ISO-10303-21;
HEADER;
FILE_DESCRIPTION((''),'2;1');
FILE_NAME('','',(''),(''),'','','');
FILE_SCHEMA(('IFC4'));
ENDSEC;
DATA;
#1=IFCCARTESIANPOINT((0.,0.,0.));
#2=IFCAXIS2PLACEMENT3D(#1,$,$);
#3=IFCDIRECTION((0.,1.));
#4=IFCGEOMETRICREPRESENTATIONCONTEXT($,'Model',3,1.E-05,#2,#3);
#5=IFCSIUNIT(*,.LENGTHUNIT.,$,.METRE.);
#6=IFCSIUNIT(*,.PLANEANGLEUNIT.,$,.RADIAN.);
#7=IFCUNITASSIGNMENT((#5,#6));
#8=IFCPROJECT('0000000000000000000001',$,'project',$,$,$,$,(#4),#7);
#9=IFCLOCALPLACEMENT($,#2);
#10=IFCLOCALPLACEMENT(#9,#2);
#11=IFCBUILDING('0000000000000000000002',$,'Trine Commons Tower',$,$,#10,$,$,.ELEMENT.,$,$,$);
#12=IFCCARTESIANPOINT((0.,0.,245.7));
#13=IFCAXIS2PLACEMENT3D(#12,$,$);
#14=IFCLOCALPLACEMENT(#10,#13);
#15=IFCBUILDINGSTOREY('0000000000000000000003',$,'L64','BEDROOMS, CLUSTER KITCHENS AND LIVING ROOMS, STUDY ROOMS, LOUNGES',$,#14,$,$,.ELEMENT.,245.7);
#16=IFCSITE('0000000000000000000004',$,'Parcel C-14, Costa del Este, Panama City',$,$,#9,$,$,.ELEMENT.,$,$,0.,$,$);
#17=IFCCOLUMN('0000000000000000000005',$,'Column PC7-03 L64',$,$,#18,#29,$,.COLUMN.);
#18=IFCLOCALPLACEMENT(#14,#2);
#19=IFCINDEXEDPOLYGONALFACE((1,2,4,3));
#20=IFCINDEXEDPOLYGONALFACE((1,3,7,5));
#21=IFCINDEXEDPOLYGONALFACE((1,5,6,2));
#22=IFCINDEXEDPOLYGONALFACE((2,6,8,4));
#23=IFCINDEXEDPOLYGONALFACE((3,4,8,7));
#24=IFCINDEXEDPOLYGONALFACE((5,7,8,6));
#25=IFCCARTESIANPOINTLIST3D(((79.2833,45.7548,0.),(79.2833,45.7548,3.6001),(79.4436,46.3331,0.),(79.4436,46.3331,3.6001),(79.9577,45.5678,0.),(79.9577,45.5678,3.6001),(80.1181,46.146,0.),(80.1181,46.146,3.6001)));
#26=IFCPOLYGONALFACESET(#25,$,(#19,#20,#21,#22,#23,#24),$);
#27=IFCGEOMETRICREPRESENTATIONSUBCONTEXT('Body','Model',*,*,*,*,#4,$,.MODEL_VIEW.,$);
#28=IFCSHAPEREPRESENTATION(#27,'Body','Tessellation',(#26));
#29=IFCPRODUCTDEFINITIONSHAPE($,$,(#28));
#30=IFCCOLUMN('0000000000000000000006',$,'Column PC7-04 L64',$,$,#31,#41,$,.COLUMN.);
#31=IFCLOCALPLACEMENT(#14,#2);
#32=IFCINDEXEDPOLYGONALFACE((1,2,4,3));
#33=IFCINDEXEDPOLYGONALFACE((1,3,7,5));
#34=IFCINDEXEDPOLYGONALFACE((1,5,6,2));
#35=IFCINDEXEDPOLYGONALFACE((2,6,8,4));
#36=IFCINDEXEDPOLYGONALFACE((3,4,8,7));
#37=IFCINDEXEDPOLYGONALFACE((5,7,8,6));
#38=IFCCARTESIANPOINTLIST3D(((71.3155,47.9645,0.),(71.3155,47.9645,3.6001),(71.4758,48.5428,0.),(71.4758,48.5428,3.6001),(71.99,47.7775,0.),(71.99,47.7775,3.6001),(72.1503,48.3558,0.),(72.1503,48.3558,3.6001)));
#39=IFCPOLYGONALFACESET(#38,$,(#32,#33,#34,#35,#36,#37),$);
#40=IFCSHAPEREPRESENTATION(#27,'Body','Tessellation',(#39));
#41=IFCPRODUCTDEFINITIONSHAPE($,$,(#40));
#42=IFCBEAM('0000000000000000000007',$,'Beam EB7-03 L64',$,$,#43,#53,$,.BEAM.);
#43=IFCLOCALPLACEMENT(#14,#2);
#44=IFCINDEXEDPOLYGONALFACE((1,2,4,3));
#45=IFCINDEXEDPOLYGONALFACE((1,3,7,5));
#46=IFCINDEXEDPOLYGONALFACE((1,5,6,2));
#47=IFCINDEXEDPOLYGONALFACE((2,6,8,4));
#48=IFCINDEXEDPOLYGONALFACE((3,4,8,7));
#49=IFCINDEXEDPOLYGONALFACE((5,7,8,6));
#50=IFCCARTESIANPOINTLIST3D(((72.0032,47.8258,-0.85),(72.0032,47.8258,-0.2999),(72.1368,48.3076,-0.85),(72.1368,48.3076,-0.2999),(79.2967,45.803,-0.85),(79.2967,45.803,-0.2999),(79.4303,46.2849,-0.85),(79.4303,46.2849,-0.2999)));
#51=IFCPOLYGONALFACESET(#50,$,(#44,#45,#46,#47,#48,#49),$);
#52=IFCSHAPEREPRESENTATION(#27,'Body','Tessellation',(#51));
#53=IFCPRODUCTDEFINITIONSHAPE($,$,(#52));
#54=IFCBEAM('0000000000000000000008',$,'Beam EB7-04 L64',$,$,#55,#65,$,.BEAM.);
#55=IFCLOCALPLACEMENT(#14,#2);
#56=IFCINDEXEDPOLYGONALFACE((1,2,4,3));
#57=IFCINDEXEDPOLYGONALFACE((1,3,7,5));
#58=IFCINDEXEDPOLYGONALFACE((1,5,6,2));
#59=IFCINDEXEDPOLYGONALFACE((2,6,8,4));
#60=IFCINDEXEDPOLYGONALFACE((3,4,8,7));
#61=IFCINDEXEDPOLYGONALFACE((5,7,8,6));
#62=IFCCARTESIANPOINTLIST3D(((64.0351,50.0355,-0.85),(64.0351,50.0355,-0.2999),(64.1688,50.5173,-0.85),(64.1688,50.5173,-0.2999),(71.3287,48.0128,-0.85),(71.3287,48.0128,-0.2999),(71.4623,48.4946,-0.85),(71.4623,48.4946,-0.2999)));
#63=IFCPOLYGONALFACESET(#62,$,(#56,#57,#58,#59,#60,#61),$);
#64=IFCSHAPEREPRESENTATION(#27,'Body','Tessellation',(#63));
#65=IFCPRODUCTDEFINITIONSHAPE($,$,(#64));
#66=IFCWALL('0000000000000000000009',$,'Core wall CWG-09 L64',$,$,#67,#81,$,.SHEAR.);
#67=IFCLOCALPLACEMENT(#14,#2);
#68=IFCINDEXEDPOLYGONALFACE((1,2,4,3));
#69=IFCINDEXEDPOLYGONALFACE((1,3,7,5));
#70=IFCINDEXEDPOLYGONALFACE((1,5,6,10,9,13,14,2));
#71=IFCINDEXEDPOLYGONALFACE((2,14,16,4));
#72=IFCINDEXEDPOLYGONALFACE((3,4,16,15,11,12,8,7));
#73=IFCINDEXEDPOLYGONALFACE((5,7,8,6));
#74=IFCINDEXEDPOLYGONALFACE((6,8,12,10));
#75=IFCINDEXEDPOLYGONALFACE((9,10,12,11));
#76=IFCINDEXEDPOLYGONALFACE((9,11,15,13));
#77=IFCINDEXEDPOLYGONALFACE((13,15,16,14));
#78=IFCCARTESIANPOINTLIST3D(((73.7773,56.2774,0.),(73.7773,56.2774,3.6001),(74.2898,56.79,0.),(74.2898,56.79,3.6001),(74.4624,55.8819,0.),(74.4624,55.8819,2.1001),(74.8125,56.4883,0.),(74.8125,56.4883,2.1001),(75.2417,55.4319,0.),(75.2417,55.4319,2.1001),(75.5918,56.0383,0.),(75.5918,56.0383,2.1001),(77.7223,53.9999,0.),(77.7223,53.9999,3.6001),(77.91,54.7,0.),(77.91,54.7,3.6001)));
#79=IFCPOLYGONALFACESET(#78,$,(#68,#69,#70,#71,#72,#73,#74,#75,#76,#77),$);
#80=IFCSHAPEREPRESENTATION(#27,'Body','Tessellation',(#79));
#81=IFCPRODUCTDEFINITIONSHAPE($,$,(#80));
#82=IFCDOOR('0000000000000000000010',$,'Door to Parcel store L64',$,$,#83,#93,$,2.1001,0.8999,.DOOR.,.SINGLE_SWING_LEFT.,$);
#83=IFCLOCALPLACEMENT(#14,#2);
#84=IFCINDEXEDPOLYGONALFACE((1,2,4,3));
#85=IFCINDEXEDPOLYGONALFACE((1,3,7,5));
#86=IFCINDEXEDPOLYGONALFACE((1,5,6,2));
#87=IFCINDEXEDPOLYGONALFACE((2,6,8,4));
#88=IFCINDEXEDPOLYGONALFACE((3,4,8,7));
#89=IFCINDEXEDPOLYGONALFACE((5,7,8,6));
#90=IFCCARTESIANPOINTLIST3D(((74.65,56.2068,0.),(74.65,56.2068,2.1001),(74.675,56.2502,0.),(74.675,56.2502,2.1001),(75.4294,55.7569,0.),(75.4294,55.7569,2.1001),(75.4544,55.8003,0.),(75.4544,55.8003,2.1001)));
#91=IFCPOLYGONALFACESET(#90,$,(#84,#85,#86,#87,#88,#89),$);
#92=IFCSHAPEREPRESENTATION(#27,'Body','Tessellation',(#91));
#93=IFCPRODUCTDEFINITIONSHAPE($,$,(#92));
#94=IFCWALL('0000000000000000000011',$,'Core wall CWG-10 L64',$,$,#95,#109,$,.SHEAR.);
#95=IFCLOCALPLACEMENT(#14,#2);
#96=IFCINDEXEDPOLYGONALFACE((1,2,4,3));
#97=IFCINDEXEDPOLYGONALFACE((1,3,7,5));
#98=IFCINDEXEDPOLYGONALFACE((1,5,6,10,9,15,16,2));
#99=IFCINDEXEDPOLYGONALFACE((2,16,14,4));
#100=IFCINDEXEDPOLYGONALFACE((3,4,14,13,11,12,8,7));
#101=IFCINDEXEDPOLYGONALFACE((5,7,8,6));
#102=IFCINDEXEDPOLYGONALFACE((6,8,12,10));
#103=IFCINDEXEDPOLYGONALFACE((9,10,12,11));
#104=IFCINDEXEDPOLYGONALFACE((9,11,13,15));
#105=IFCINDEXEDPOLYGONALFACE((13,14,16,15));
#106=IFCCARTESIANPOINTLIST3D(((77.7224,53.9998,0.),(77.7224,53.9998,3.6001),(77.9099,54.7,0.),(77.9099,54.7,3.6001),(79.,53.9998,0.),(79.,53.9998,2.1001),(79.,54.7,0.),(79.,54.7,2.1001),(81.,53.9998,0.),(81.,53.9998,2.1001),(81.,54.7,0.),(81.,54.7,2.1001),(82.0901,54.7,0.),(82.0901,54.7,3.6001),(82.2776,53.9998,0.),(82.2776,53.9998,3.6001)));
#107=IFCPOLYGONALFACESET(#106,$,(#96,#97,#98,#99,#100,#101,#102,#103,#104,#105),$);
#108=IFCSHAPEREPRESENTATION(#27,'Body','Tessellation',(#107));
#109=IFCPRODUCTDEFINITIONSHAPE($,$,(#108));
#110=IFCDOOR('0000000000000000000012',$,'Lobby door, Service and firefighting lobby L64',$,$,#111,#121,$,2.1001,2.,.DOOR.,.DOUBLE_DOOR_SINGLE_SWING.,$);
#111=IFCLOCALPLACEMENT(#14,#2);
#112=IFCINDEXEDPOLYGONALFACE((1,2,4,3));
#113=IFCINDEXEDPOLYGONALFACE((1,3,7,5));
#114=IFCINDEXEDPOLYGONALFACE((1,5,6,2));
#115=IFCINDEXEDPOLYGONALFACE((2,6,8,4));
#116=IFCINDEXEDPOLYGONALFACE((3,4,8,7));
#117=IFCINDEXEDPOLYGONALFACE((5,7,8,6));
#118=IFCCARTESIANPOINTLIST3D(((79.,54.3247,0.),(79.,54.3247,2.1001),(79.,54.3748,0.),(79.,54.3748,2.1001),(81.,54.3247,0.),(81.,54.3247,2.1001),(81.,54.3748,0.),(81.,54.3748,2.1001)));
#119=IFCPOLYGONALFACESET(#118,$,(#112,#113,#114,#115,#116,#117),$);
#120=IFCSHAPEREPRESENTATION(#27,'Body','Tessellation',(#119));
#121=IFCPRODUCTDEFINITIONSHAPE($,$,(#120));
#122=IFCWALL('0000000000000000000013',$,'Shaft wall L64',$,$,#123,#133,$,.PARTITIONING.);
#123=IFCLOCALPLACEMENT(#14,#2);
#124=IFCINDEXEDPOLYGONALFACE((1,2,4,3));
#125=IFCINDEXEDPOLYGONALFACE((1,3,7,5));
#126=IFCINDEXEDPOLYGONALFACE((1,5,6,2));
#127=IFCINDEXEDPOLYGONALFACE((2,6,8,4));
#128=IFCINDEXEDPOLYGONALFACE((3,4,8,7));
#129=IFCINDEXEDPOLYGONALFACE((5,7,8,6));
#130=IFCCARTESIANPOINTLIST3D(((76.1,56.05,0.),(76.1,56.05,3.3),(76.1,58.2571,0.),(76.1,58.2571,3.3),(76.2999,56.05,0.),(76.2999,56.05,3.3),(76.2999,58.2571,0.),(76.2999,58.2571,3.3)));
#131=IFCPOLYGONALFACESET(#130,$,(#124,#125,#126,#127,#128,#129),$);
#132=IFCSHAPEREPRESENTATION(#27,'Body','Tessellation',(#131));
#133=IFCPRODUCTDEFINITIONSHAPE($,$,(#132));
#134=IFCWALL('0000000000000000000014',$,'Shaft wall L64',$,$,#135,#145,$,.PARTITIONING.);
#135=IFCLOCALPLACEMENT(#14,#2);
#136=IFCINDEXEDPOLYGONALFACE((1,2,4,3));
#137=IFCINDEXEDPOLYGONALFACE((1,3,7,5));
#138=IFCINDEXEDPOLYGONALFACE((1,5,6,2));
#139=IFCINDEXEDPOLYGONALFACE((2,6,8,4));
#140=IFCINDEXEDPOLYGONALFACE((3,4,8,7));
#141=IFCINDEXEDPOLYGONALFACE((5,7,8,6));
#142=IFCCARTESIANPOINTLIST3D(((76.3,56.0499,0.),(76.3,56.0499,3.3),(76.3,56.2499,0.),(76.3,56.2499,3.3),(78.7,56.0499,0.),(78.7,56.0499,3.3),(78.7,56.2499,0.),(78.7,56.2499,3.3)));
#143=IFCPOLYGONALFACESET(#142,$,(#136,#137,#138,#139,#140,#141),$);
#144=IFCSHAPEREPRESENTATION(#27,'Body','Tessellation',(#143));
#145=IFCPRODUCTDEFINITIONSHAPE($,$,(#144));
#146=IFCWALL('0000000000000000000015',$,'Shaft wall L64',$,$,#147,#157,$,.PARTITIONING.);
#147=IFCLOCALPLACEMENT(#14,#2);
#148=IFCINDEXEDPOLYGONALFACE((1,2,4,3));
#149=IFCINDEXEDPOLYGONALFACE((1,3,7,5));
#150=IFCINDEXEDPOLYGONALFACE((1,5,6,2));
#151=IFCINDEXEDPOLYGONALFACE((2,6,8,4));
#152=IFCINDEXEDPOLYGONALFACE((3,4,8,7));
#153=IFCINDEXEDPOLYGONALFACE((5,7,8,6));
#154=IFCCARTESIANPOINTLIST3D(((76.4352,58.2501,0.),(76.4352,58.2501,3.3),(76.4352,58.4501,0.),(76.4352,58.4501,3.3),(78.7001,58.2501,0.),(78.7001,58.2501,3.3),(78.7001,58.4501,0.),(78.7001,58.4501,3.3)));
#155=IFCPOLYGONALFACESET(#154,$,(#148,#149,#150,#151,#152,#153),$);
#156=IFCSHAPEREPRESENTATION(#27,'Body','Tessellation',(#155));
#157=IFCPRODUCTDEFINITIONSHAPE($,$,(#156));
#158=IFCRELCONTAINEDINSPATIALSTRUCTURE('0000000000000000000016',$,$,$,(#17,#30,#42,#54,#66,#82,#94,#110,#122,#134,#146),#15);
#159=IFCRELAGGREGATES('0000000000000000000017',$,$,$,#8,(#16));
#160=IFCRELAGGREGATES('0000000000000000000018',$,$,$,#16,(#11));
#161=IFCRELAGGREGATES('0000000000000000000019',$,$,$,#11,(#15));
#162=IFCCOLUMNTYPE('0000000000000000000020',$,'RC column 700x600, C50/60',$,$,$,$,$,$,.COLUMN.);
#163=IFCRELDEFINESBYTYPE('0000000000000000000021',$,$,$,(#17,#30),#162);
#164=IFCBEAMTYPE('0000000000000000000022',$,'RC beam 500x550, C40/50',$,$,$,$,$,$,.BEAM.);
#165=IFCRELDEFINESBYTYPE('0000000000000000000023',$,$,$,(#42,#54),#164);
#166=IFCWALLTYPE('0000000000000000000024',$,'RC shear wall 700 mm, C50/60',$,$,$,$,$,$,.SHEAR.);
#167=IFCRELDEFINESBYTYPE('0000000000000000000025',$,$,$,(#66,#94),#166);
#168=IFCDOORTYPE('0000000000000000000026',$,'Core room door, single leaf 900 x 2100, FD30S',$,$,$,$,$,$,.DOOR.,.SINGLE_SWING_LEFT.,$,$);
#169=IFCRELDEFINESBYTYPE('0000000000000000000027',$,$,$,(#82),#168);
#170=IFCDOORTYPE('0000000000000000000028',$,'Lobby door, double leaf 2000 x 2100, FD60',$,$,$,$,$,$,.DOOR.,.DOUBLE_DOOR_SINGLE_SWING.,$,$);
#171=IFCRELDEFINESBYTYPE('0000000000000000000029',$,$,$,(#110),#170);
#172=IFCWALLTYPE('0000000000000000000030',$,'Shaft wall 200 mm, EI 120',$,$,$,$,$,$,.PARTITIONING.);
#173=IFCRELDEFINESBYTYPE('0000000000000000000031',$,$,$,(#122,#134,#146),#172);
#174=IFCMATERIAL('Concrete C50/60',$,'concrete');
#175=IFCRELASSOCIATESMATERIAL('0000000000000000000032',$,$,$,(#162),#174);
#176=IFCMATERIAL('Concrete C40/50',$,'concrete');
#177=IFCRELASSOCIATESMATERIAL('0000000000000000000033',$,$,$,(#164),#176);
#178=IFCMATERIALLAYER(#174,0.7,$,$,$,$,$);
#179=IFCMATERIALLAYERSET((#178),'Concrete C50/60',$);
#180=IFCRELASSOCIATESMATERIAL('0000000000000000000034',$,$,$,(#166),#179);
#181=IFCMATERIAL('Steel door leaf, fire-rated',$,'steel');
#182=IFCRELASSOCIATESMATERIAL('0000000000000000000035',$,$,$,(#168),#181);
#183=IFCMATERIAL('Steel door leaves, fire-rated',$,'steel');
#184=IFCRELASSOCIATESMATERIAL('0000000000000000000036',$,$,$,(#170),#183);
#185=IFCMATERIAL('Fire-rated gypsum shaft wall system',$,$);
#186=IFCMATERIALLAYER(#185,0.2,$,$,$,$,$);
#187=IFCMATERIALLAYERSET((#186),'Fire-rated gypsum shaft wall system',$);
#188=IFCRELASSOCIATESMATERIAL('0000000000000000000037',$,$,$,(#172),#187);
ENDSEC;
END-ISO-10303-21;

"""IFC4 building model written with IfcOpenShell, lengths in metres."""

from ifc_helpers import new_model, si_unit, direction, frame, frame_2d, origin, origin_2d, place, context, subcontext, project, spatial, polyline, rectangle, outline, extrude, material, layer, layer_set, material_profile, profile_set, type_object, element, fill, save


model = new_model("IFC4")

# Units and contexts
model_context = context("Model", 3, precision=1e-05, world=origin(), true_north=direction((0.0, 1.0)))
body_context = subcontext(model_context, "Body", "Model", "MODEL_VIEW")
ifc_project = project(units=[si_unit("LENGTHUNIT", "METRE"), si_unit("PLANEANGLEUNIT", "RADIAN")], contexts=[model_context])

# Site, building, storey
site_placement = place(None, origin())
site = spatial("IfcSite", under=ifc_project, at=site_placement, Name="Parcel C-14, Costa del Este, Panama City", CompositionType="ELEMENT", RefElevation=0.0)
building_placement = place(site_placement, origin())
building = spatial("IfcBuilding", under=site, at=building_placement, Name="Trine Commons Tower", CompositionType="ELEMENT")
storey_placement = place(building_placement, frame((0.0, 0.0, 245.7)))
storey = spatial("IfcBuildingStorey", under=building, at=storey_placement, Name="L64", Description="BEDROOMS, CLUSTER KITCHENS AND LIVING ROOMS, STUDY ROOMS, LOUNGES", CompositionType="ELEMENT", Elevation=245.7)

# Columns
ifc_material_1 = material(Name="Concrete C50/60", Category="concrete")
ifc_material_profile_1 = material_profile(ifc_material_1, rectangle(XDim=0.7, YDim=0.6001, at=origin_2d()), Name="RC 700x600")
ifc_profile_set_1 = profile_set([ifc_material_profile_1], Name="Concrete C50/60")
column_type = type_object("IfcColumnType", Name="RC column 700x600, C50/60", PredefinedType="COLUMN", material=ifc_profile_set_1)
for number, where, z_axis, x_axis, name in (
    (1, (79.7007, 45.9504, 0.0), (0.0, 0.0, 1.0), (-0.96363, 0.267238, 0.0), "Column PC7-03 L64"),
    (2, (71.7329, 48.1602, 0.0), (0.0, 0.0, 1.0), (-0.96363, 0.267238, 0.0), "Column PC7-04 L64"),
):
    element("IfcColumn", number, at=place(storey_placement, frame(where, z_axis=z_axis, x_axis=x_axis)), inside=storey, type_object=column_type, Name=name, PredefinedType="COLUMN", context=body_context, shape_type="SweptSolid", body=[
        extrude(rectangle(XDim=0.7, YDim=0.6001, at=origin_2d()), origin(), (0.0, 0.0, 1.0), 3.6001),
    ])

# Beams
ifc_material_2 = material(Name="Concrete C40/50", Category="concrete")
ifc_material_profile_2 = material_profile(ifc_material_2, rectangle(XDim=0.5, YDim=0.55, at=origin_2d()), Name="RC 500x550")
ifc_profile_set_2 = profile_set([ifc_material_profile_2], Name="Concrete C40/50")
beam_type = type_object("IfcBeamType", Name="RC beam 500x550, C40/50", PredefinedType="BEAM", material=ifc_profile_set_2)
for number, where, z_axis, x_axis, name in (
    (3, (79.3635, 46.0439, -0.575), (-0.963629, 0.267245, 0.0), (-0.267245, -0.963629, 0.0), "Beam EB7-03 L64"),
    (4, (71.3955, 48.2537, -0.575), (-0.963629, 0.267245, 0.0), (-0.267245, -0.963629, 0.0), "Beam EB7-04 L64"),
):
    element("IfcBeam", number, at=place(storey_placement, frame(where, z_axis=z_axis, x_axis=x_axis)), inside=storey, type_object=beam_type, Name=name, PredefinedType="BEAM", context=body_context, shape_type="SweptSolid", body=[
        extrude(rectangle(XDim=0.5, YDim=0.55, at=origin_2d()), origin(), (0.0, 0.0, 1.0), 7.5688),
    ])

# Walls, openings, doors
ifc_layer_1 = layer(ifc_material_1, 0.7)
ifc_layer_set_1 = layer_set([ifc_layer_1], Name="Concrete C50/60")
wall_type_1 = type_object("IfcWallType", Name="RC shear wall 700 mm, C50/60", PredefinedType="SHEAR", material=ifc_layer_set_1)
wall_1_placement = place(storey_placement, frame((73.9524, 56.5806, 0.0), z_axis=(0.0, 0.0, 1.0), x_axis=(0.866035, -0.499984, 0.0)))
wall_1 = element("IfcWall", 5, at=wall_1_placement, inside=storey, type_object=wall_type_1, Name="Core wall CWG-09 L64", PredefinedType="SHEAR", context=body_context, shape_type="SweptSolid", body=[
    extrude(outline(polyline([(0.0, -0.3501), (4.5552, -0.3501), (4.3677, 0.3501), (0.1875, 0.3501), (0.0, -0.3501)])), origin(), (0.0, 0.0, 1.0), 3.6001),
])
opening_1_placement = place(wall_1_placement, frame((0.791, 0.0, 0.0)))
opening_1 = element("IfcOpeningElement", 6, at=opening_1_placement, cuts=wall_1, PredefinedType="OPENING", context=body_context, shape_type="SweptSolid", body=[
    extrude(rectangle(XDim=0.8999, YDim=2.1001, at=frame_2d((0.45, 1.05))), frame((0.0, 0.3599, 0.0), z_axis=(0.0, -1.0, 0.0), x_axis=(1.0, 0.0, 0.0)), (0.0, 0.0, 1.0), 0.72),
])
ifc_material_3 = material(Name="Steel door leaf, fire-rated", Category="steel")
door_type_1 = type_object("IfcDoorType", Name="Core room door, single leaf 900 x 2100, FD30S", OperationType="SINGLE_SWING_LEFT", PredefinedType="DOOR", material=ifc_material_3)
door_1_placement = place(opening_1_placement, origin())
door_1 = element("IfcDoor", 7, at=door_1_placement, inside=storey, type_object=door_type_1, Name="Door to Parcel store L64", OperationType="SINGLE_SWING_LEFT", OverallHeight=2.1001, OverallWidth=0.8999, PredefinedType="DOOR", context=body_context, shape_type="SweptSolid", body=[
    extrude(rectangle(XDim=0.8999, YDim=2.1001, at=frame_2d((0.45, 1.05))), frame((0.0, 0.0752, 0.0), z_axis=(0.0, -1.0, 0.0), x_axis=(1.0, 0.0, 0.0)), (0.0, 0.0, 1.0), 0.05),
])
fill(opening_1, door_1)
wall_2_placement = place(storey_placement, frame((77.7224, 54.3499, 0.0), z_axis=(0.0, 0.0, 1.0), x_axis=(1.0, 0.0, 0.0)))
wall_2 = element("IfcWall", 8, at=wall_2_placement, inside=storey, type_object=wall_type_1, Name="Core wall CWG-10 L64", PredefinedType="SHEAR", context=body_context, shape_type="SweptSolid", body=[
    extrude(outline(polyline([(0.0, -0.3501), (4.5552, -0.3501), (4.3677, 0.3501), (0.1875, 0.3501), (0.0, -0.3501)])), origin(), (0.0, 0.0, 1.0), 3.6001),
])
opening_2_placement = place(wall_2_placement, frame((1.2776, 0.0, 0.0)))
opening_2 = element("IfcOpeningElement", 9, at=opening_2_placement, cuts=wall_2, PredefinedType="OPENING", context=body_context, shape_type="SweptSolid", body=[
    extrude(rectangle(XDim=2.0, YDim=2.1001, at=frame_2d((1.0, 1.05))), frame((0.0, 0.3599, 0.0), z_axis=(0.0, -1.0, 0.0), x_axis=(1.0, 0.0, 0.0)), (0.0, 0.0, 1.0), 0.72),
])
ifc_material_4 = material(Name="Steel door leaves, fire-rated", Category="steel")
door_type_2 = type_object("IfcDoorType", Name="Lobby door, double leaf 2000 x 2100, FD60", OperationType="DOUBLE_DOOR_SINGLE_SWING", PredefinedType="DOOR", material=ifc_material_4)
door_2_placement = place(opening_2_placement, origin())
door_2 = element("IfcDoor", 10, at=door_2_placement, inside=storey, type_object=door_type_2, Name="Lobby door, Service and firefighting lobby L64", OperationType="DOUBLE_DOOR_SINGLE_SWING", OverallHeight=2.1001, OverallWidth=2.0, PredefinedType="DOOR", context=body_context, shape_type="SweptSolid", body=[
    extrude(rectangle(XDim=2.0, YDim=2.1001, at=frame_2d((1.0, 1.05))), frame((0.0, 0.0249, 0.0), z_axis=(0.0, -1.0, 0.0), x_axis=(1.0, 0.0, 0.0)), (0.0, 0.0, 1.0), 0.05),
])
fill(opening_2, door_2)

# Walls
ifc_material_5 = material(Name="Fire-rated gypsum shaft wall system")
ifc_layer_2 = layer(ifc_material_5, 0.2)
ifc_layer_set_2 = layer_set([ifc_layer_2], Name="Fire-rated gypsum shaft wall system")
wall_type_2 = type_object("IfcWallType", Name="Shaft wall 200 mm, EI 120", PredefinedType="PARTITIONING", material=ifc_layer_set_2)
wall_3_placement = place(storey_placement, frame((76.2, 58.2571, 0.0), z_axis=(0.0, 0.0, 1.0), x_axis=(0.0, -1.0, 0.0)))
element("IfcWall", 11, at=wall_3_placement, inside=storey, type_object=wall_type_2, Name="Shaft wall L64", PredefinedType="PARTITIONING", context=body_context, shape_type="SweptSolid", body=[
    extrude(rectangle(XDim=2.207, YDim=0.2, at=frame_2d((1.1035, 0.0))), origin(), (0.0, 0.0, 1.0), 3.3),
])
wall_4_placement = place(storey_placement, frame((78.7, 56.1499, 0.0), z_axis=(0.0, 0.0, 1.0), x_axis=(-1.0, 0.0, 0.0)))
element("IfcWall", 12, at=wall_4_placement, inside=storey, type_object=wall_type_2, Name="Shaft wall L64", PredefinedType="PARTITIONING", context=body_context, shape_type="SweptSolid", body=[
    extrude(rectangle(XDim=2.3999, YDim=0.2, at=frame_2d((1.2, 0.0))), origin(), (0.0, 0.0, 1.0), 3.3),
])
wall_5_placement = place(storey_placement, frame((78.7, 58.3501, 0.0), z_axis=(0.0, 0.0, 1.0), x_axis=(-1.0, 0.0, 0.0)))
element("IfcWall", 13, at=wall_5_placement, inside=storey, type_object=wall_type_2, Name="Shaft wall L64", PredefinedType="PARTITIONING", context=body_context, shape_type="SweptSolid", body=[
    extrude(rectangle(XDim=2.2649, YDim=0.2, at=frame_2d((1.1323, 0.0))), origin(), (0.0, 0.0, 1.0), 3.3),
])

save(model, "model.ifc")
